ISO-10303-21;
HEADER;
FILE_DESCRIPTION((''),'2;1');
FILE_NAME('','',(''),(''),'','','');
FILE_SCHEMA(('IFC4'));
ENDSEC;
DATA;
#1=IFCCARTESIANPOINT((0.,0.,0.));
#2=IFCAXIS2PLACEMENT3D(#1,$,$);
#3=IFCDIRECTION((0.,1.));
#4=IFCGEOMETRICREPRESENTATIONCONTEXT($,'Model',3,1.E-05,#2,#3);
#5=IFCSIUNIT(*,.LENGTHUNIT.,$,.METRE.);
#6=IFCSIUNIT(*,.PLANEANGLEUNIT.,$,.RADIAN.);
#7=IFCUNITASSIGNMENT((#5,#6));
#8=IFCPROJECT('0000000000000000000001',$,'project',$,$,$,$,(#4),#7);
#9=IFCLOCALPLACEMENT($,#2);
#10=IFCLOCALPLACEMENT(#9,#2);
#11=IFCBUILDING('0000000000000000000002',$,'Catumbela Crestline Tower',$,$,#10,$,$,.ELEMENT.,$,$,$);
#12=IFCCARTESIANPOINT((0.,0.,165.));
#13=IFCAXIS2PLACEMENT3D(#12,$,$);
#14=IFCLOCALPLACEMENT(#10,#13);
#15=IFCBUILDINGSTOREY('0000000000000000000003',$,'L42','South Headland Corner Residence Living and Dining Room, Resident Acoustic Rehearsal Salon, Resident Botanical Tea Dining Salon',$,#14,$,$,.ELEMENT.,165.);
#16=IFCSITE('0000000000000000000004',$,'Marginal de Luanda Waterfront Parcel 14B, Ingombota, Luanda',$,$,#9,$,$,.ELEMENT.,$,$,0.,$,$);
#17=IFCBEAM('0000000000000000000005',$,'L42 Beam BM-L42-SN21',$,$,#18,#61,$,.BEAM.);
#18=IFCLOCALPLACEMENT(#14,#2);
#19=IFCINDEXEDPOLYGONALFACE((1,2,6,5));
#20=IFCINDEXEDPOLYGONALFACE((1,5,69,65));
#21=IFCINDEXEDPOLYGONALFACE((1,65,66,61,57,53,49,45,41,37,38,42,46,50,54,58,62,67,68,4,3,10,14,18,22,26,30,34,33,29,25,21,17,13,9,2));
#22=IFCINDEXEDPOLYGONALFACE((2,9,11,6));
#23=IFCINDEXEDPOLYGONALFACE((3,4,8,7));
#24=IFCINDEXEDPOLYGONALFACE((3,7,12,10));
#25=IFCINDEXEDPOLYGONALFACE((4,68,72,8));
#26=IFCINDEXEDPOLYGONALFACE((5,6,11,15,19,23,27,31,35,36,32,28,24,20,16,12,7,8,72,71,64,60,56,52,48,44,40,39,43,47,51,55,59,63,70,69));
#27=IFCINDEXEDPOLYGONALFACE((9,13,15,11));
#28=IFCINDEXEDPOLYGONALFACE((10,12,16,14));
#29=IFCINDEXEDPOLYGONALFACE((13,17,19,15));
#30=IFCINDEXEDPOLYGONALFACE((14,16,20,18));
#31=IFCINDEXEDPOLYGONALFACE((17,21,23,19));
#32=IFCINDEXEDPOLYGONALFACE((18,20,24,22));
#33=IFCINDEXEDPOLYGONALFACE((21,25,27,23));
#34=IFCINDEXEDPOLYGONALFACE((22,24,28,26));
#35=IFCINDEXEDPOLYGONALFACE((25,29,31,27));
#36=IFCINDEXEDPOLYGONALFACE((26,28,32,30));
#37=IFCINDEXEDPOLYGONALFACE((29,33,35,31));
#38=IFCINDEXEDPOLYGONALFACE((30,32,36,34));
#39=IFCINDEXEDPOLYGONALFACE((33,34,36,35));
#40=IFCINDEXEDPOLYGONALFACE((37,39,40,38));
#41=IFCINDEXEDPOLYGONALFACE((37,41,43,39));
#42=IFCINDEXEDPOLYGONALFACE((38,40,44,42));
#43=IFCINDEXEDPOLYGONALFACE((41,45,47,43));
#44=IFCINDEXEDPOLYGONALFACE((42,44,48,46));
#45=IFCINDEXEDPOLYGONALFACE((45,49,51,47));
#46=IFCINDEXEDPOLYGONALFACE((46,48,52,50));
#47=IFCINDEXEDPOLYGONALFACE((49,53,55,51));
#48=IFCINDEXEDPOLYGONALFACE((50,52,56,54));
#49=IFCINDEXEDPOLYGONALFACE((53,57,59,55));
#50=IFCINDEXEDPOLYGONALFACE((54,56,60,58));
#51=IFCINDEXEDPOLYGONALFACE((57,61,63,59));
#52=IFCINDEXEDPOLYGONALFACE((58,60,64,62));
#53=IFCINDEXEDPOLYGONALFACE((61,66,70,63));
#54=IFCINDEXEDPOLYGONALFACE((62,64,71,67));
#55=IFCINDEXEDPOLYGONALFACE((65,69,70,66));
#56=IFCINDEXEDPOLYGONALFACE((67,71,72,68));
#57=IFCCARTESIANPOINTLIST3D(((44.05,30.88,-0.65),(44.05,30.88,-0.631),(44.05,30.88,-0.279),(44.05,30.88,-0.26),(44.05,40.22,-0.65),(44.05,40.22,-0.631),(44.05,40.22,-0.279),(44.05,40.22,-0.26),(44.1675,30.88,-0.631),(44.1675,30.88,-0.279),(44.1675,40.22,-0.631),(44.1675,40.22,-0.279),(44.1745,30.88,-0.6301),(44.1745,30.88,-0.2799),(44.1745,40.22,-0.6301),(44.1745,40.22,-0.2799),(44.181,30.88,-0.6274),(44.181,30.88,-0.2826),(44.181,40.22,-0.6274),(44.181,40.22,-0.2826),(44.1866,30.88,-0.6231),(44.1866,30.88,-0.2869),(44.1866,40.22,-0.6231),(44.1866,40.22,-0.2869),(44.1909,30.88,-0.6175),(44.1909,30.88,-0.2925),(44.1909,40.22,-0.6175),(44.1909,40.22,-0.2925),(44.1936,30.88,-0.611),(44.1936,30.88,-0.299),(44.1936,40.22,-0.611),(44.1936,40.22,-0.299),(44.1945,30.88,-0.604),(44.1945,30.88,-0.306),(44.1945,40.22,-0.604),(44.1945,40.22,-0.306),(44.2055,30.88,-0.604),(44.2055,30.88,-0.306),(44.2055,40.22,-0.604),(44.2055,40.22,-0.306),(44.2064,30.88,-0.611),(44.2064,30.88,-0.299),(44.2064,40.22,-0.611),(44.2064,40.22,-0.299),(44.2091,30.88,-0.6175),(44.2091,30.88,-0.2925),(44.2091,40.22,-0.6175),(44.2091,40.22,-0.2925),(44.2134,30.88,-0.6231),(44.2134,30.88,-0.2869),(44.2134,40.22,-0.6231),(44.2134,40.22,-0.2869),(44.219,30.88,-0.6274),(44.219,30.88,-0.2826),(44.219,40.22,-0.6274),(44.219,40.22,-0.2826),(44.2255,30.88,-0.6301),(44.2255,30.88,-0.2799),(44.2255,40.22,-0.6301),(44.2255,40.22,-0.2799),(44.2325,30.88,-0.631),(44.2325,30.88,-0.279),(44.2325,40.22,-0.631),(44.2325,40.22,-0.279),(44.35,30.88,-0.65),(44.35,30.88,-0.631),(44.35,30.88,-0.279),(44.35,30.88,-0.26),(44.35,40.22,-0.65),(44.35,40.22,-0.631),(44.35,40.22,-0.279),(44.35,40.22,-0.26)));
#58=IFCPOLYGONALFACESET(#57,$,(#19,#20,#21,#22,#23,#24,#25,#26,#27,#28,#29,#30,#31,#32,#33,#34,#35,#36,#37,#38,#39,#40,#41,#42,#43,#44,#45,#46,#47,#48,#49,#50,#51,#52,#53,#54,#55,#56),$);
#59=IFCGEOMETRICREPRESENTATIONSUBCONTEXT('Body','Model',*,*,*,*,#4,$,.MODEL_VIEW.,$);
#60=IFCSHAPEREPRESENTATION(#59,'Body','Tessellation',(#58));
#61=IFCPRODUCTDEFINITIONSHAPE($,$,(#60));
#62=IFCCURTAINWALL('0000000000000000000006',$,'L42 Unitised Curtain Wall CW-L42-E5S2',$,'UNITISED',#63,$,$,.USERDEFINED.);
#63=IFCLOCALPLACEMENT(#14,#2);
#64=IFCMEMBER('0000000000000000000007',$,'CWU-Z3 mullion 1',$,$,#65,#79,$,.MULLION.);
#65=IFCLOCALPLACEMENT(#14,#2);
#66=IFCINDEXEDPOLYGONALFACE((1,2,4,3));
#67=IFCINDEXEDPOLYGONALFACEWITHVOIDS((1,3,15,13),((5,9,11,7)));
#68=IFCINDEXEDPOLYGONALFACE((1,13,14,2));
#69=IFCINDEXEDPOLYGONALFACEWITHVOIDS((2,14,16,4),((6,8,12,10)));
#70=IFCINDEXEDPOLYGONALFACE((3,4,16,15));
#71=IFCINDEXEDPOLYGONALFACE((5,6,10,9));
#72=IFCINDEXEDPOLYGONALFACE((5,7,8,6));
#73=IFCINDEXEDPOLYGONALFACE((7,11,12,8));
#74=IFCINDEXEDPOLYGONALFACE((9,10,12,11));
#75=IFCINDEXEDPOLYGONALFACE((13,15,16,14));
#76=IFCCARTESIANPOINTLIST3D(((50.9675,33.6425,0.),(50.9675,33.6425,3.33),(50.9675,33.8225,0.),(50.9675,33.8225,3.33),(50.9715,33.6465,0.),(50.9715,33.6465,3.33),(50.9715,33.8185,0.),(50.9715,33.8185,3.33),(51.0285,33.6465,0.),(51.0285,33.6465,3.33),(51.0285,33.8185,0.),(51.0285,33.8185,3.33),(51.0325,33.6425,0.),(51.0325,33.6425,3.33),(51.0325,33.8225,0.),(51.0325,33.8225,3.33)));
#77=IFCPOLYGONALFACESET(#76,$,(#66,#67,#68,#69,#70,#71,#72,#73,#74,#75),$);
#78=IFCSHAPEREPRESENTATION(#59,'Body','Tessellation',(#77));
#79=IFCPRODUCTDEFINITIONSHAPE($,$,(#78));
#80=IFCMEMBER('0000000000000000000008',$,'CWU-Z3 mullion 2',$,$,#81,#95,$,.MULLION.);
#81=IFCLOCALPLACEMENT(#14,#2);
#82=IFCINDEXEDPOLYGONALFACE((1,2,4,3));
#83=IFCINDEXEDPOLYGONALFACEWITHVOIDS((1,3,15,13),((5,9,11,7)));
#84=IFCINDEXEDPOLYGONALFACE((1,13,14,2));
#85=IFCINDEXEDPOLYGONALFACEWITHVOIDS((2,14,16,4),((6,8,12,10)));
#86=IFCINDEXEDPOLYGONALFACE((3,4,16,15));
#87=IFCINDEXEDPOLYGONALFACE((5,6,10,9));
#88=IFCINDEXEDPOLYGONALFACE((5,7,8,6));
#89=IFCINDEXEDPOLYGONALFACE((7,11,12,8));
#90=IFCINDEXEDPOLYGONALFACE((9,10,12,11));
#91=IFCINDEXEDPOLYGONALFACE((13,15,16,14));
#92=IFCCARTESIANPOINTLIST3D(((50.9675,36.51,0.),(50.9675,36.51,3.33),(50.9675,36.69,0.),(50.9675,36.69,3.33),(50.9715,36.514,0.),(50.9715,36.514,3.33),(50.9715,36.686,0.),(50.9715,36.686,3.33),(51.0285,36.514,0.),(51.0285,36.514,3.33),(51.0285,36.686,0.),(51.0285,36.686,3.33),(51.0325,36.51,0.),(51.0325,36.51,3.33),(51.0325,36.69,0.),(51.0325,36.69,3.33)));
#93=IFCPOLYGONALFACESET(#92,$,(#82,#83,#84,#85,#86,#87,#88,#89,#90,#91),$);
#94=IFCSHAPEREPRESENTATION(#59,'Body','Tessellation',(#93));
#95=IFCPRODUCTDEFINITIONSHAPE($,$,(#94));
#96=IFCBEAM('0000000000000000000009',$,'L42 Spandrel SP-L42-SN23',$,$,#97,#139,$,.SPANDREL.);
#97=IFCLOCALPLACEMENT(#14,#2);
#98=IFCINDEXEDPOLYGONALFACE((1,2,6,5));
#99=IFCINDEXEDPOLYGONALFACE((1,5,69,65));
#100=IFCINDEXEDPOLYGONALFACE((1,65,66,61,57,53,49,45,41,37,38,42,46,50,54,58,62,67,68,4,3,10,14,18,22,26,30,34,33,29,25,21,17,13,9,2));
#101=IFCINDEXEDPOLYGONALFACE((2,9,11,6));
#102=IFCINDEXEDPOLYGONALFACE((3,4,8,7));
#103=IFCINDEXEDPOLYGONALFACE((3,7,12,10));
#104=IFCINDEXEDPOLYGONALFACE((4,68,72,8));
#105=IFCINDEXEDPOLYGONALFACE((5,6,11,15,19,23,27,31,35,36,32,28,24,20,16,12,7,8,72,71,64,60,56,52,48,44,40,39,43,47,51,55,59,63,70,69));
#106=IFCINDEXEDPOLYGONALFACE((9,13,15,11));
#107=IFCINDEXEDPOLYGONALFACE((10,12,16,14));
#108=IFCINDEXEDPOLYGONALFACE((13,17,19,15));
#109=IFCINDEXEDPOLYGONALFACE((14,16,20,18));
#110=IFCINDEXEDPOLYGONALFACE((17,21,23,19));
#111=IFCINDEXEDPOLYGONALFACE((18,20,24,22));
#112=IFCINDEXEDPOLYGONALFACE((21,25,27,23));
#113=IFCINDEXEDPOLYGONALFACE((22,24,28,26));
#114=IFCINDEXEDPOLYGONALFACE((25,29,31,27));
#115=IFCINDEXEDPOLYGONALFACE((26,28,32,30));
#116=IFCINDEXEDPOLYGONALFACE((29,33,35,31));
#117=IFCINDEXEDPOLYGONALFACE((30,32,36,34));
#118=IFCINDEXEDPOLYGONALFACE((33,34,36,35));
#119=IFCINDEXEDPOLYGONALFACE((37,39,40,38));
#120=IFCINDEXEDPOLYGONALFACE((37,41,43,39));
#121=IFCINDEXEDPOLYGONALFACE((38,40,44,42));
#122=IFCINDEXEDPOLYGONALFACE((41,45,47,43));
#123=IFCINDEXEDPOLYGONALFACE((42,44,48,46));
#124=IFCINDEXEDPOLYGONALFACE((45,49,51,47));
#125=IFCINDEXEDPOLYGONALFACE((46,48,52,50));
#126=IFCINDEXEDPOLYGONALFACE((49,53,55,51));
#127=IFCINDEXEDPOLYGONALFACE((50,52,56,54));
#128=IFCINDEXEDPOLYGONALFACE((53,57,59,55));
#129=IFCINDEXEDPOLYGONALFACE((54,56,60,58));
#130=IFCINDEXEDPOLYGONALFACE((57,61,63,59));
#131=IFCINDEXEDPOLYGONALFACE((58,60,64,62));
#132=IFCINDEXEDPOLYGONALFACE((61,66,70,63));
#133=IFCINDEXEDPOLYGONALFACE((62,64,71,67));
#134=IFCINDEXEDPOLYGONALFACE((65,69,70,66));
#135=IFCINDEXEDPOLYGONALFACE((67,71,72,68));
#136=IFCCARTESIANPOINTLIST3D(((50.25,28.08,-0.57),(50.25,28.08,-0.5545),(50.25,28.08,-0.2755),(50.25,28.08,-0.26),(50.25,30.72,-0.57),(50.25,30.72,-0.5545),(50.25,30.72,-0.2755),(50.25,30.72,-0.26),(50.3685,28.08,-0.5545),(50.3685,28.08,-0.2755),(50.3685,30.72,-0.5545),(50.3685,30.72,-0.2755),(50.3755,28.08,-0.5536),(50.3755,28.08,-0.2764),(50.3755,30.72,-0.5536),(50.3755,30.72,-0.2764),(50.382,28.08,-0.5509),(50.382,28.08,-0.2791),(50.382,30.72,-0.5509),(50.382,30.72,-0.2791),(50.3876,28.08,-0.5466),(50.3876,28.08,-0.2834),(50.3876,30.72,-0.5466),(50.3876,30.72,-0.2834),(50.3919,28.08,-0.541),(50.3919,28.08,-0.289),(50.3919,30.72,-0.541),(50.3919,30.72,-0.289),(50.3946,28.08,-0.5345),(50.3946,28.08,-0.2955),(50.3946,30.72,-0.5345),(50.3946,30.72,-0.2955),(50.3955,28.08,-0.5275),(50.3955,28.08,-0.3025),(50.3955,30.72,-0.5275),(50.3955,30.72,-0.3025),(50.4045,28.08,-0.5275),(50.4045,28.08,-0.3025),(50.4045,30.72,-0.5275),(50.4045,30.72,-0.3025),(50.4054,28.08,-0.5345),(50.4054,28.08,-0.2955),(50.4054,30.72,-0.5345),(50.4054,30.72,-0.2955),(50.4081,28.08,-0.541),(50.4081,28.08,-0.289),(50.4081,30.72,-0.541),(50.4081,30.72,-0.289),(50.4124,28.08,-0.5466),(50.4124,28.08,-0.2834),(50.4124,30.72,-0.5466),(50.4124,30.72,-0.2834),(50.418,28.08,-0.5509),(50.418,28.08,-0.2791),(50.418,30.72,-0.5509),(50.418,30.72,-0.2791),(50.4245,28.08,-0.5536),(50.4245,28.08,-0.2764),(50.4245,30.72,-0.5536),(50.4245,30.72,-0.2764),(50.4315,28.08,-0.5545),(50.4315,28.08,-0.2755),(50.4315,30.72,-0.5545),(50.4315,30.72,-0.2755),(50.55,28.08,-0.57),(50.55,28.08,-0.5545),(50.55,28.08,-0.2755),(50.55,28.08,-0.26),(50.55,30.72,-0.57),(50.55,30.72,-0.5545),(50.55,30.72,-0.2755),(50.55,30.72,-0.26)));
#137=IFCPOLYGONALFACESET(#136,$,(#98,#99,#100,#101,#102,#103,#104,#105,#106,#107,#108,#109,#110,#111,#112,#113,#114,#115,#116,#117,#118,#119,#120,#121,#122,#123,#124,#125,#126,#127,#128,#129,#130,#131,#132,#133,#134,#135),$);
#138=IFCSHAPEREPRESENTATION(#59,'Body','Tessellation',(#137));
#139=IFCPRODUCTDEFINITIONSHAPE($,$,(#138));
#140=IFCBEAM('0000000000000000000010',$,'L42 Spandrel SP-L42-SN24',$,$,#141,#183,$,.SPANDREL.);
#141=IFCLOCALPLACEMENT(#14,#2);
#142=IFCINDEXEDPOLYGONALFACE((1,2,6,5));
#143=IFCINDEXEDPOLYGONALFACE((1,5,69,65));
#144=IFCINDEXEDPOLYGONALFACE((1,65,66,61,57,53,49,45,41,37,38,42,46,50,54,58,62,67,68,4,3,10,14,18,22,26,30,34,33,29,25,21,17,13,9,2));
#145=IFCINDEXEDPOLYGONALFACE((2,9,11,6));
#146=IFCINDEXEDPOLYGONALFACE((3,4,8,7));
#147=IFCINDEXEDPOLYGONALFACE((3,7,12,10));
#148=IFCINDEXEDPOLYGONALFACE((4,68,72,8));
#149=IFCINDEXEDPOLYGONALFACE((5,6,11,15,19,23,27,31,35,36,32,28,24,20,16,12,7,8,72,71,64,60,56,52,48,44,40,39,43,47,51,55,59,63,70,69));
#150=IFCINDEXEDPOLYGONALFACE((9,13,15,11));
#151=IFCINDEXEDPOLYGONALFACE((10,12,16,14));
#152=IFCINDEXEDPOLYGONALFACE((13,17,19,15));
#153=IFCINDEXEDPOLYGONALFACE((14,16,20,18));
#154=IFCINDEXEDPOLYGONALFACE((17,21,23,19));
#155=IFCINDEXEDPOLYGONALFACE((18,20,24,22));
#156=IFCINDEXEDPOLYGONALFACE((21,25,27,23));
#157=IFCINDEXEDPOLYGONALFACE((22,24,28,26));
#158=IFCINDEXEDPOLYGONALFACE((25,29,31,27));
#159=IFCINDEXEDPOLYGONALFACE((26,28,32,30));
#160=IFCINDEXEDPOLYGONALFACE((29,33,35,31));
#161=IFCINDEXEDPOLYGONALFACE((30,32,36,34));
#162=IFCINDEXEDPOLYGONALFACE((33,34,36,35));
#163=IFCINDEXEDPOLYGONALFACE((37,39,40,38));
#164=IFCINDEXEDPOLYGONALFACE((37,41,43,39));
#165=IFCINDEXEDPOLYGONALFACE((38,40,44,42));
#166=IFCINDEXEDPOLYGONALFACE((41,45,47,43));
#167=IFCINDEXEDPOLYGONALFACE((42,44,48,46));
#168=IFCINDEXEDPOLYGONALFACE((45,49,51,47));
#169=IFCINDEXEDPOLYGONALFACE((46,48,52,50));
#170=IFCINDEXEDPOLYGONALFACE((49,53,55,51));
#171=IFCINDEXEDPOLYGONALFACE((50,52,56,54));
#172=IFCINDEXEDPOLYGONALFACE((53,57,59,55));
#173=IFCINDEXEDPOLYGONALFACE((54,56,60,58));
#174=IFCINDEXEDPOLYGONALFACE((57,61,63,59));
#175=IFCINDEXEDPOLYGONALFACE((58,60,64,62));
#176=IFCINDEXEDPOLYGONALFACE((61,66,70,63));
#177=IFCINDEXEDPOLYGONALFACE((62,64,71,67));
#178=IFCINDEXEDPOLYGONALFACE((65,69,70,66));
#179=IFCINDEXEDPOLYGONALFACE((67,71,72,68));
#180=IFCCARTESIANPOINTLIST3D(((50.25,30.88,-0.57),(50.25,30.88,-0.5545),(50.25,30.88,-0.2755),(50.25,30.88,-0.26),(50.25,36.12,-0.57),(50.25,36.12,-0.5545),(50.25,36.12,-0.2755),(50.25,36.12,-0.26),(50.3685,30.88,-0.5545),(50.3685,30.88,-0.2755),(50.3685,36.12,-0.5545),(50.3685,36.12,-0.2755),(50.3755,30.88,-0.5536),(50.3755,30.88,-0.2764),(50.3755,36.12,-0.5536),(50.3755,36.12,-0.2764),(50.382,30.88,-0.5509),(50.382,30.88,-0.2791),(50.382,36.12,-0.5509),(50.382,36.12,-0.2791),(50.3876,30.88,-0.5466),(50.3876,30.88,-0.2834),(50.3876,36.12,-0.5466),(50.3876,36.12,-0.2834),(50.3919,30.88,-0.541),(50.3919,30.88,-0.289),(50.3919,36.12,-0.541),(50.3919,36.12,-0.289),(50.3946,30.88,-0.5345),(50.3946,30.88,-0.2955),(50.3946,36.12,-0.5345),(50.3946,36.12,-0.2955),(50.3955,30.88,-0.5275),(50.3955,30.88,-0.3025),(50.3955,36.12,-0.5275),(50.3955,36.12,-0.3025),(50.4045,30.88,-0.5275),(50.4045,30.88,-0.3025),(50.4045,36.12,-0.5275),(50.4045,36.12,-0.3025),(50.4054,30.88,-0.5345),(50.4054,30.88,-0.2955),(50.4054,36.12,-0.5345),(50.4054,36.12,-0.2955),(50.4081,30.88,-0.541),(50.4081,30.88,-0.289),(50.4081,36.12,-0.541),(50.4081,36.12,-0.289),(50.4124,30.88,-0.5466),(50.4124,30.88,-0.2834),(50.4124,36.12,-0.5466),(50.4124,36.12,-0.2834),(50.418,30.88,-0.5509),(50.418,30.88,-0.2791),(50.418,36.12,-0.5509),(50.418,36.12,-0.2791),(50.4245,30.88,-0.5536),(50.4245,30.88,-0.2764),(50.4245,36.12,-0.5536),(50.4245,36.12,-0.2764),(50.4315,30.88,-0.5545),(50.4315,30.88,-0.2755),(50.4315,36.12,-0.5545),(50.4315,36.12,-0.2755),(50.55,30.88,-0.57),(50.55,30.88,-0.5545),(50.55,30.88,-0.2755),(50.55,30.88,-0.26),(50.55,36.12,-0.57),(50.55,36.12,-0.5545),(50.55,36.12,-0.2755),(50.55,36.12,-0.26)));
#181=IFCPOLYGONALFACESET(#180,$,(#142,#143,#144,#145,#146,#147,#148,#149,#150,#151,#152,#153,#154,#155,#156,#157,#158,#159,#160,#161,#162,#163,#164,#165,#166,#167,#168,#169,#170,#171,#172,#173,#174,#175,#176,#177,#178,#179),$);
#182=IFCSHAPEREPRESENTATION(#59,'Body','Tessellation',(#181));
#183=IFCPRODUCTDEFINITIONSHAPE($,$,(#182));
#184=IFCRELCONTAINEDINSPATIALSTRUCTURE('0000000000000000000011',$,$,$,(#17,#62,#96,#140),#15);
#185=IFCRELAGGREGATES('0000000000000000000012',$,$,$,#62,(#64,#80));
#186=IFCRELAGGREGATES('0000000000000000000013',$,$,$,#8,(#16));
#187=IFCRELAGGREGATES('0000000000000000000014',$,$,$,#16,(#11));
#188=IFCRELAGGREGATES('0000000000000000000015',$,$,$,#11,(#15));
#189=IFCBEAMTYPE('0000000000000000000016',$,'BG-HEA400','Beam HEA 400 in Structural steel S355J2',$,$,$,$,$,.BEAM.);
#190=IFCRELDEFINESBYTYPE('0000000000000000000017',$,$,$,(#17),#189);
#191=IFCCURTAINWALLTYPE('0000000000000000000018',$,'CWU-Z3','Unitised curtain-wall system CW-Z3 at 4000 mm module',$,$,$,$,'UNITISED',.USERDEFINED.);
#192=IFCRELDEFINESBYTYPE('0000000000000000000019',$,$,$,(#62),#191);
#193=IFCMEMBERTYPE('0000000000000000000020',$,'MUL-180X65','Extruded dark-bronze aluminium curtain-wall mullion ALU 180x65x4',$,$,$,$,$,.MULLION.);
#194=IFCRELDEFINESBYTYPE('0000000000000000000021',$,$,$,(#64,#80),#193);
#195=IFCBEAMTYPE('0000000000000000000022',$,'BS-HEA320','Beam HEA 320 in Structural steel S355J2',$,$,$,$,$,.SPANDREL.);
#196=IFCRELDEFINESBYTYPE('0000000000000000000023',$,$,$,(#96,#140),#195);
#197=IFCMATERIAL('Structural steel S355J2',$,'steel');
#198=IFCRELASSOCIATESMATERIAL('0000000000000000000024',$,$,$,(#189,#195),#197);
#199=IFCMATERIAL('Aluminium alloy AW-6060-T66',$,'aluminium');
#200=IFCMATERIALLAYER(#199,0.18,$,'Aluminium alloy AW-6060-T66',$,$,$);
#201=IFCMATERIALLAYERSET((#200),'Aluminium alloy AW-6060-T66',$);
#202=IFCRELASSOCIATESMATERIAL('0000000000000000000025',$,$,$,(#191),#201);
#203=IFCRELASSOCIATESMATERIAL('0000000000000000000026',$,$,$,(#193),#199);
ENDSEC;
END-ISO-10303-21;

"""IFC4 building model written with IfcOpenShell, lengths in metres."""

from ifc_helpers import new_model, si_unit, direction, frame, origin, origin_2d, place, context, subcontext, project, spatial, hollow_rectangle, i_section, extrude, material, layer, layer_set, material_profile, profile_set, type_object, element, aggregate, save


model = new_model("IFC4")

# Units and contexts
model_context = context("Model", 3, precision=1e-05, world=origin(), true_north=direction((0.0, 1.0)))
body_context = subcontext(model_context, "Body", "Model", "MODEL_VIEW")
ifc_project = project(units=[si_unit("LENGTHUNIT", "METRE"), si_unit("PLANEANGLEUNIT", "RADIAN")], contexts=[model_context])

# Site, building, storey
site_placement = place(None, origin())
site = spatial("IfcSite", under=ifc_project, at=site_placement, Name="Marginal de Luanda Waterfront Parcel 14B, Ingombota, Luanda", CompositionType="ELEMENT", RefElevation=0.0)
building_placement = place(site_placement, origin())
building = spatial("IfcBuilding", under=site, at=building_placement, Name="Catumbela Crestline Tower", CompositionType="ELEMENT")
storey_placement = place(building_placement, frame((0.0, 0.0, 165.0)))
storey = spatial("IfcBuildingStorey", under=building, at=storey_placement, Name="L42", Description="South Headland Corner Residence Living and Dining Room, Resident Acoustic Rehearsal Salon, Resident Botanical Tea Dining Salon", CompositionType="ELEMENT", Elevation=165.0)

# Shared definitions
ifc_material_1 = material(Name="Structural steel S355J2", Category="steel")

# Beam
ifc_material_profile_1 = material_profile(ifc_material_1, i_section(OverallWidth=0.3, OverallDepth=0.39, WebThickness=0.011, FlangeThickness=0.019, FilletRadius=0.027, at=origin_2d()), Name="HEA 400")
ifc_profile_set_1 = profile_set([ifc_material_profile_1], Name="Structural steel S355J2")
beam_type_1 = type_object("IfcBeamType", Name="BG-HEA400", Description="Beam HEA 400 in Structural steel S355J2", PredefinedType="BEAM", material=ifc_profile_set_1)
beam_1_placement = place(storey_placement, frame((44.2, 30.88, -0.455), z_axis=(0.0, 1.0, 0.0), x_axis=(-1.0, 0.0, 0.0)))
element("IfcBeam", 1, at=beam_1_placement, inside=storey, type_object=beam_type_1, Name="L42 Beam BM-L42-SN21", PredefinedType="BEAM", context=body_context, shape_type="SweptSolid", body=[
    extrude(i_section(OverallWidth=0.3, OverallDepth=0.39, WebThickness=0.011, FlangeThickness=0.019, FilletRadius=0.027, at=origin_2d()), origin(), (0.0, 0.0, 1.0), 9.34),
])

# Curtain wall, members
ifc_material_2 = material(Name="Aluminium alloy AW-6060-T66", Category="aluminium")
ifc_layer_1 = layer(ifc_material_2, 0.18, Name="Aluminium alloy AW-6060-T66")
ifc_layer_set_1 = layer_set([ifc_layer_1], Name="Aluminium alloy AW-6060-T66")
curtain_wall_type = type_object("IfcCurtainWallType", Name="CWU-Z3", Description="Unitised curtain-wall system CW-Z3 at 4000 mm module", ElementType="UNITISED", PredefinedType="USERDEFINED", material=ifc_layer_set_1)
curtain_wall_placement = place(storey_placement, origin())
curtain_wall = element("IfcCurtainWall", 2, at=curtain_wall_placement, inside=storey, type_object=curtain_wall_type, Name="L42 Unitised Curtain Wall CW-L42-E5S2", ObjectType="UNITISED", PredefinedType="USERDEFINED")
ifc_material_profile_2 = material_profile(ifc_material_2, hollow_rectangle(XDim=0.065, YDim=0.18, WallThickness=0.004, at=origin_2d()), Name="ALU 180x65x4")
ifc_profile_set_2 = profile_set([ifc_material_profile_2], Name="Aluminium alloy AW-6060-T66")
member_type_1 = type_object("IfcMemberType", Name="MUL-180X65", Description="Extruded dark-bronze aluminium curtain-wall mullion ALU 180x65x4", PredefinedType="MULLION", material=ifc_profile_set_2)
member_1_placement = place(storey_placement, frame((51.0, 33.7325, 0.0), z_axis=(0.0, 0.0, 1.0), x_axis=(-1.0, 0.0, 0.0)))
member_1 = element("IfcMember", 3, at=member_1_placement, type_object=member_type_1, Name="CWU-Z3 mullion 1", PredefinedType="MULLION", context=body_context, shape_type="SweptSolid", body=[
    extrude(hollow_rectangle(XDim=0.065, YDim=0.18, WallThickness=0.004, at=origin_2d()), origin(), (0.0, 0.0, 1.0), 3.33),
])
member_2_placement = place(storey_placement, frame((51.0, 36.6, 0.0), z_axis=(0.0, 0.0, 1.0), x_axis=(-1.0, 0.0, 0.0)))
member_2 = element("IfcMember", 4, at=member_2_placement, type_object=member_type_1, Name="CWU-Z3 mullion 2", PredefinedType="MULLION", context=body_context, shape_type="SweptSolid", body=[
    extrude(hollow_rectangle(XDim=0.065, YDim=0.18, WallThickness=0.004, at=origin_2d()), origin(), (0.0, 0.0, 1.0), 3.33),
])

# Beams
ifc_material_profile_3 = material_profile(ifc_material_1, i_section(OverallWidth=0.3, OverallDepth=0.31, WebThickness=0.009, FlangeThickness=0.0155, FilletRadius=0.027, at=origin_2d()), Name="HEA 320")
ifc_profile_set_3 = profile_set([ifc_material_profile_3], Name="Structural steel S355J2")
beam_type_2 = type_object("IfcBeamType", Name="BS-HEA320", Description="Beam HEA 320 in Structural steel S355J2", PredefinedType="SPANDREL", material=ifc_profile_set_3)
beam_2_placement = place(storey_placement, frame((50.4, 28.08, -0.415), z_axis=(0.0, 1.0, 0.0), x_axis=(-1.0, 0.0, 0.0)))
element("IfcBeam", 5, at=beam_2_placement, inside=storey, type_object=beam_type_2, Name="L42 Spandrel SP-L42-SN23", PredefinedType="SPANDREL", context=body_context, shape_type="SweptSolid", body=[
    extrude(i_section(OverallWidth=0.3, OverallDepth=0.31, WebThickness=0.009, FlangeThickness=0.0155, FilletRadius=0.027, at=origin_2d()), origin(), (0.0, 0.0, 1.0), 2.64),
])
beam_3_placement = place(storey_placement, frame((50.4, 30.88, -0.415), z_axis=(0.0, 1.0, 0.0), x_axis=(-1.0, 0.0, 0.0)))
element("IfcBeam", 6, at=beam_3_placement, inside=storey, type_object=beam_type_2, Name="L42 Spandrel SP-L42-SN24", PredefinedType="SPANDREL", context=body_context, shape_type="SweptSolid", body=[
    extrude(i_section(OverallWidth=0.3, OverallDepth=0.31, WebThickness=0.009, FlangeThickness=0.0155, FilletRadius=0.027, at=origin_2d()), origin(), (0.0, 0.0, 1.0), 5.24),
])

aggregate(curtain_wall, [member_1, member_2])

save(model, "model.ifc")
